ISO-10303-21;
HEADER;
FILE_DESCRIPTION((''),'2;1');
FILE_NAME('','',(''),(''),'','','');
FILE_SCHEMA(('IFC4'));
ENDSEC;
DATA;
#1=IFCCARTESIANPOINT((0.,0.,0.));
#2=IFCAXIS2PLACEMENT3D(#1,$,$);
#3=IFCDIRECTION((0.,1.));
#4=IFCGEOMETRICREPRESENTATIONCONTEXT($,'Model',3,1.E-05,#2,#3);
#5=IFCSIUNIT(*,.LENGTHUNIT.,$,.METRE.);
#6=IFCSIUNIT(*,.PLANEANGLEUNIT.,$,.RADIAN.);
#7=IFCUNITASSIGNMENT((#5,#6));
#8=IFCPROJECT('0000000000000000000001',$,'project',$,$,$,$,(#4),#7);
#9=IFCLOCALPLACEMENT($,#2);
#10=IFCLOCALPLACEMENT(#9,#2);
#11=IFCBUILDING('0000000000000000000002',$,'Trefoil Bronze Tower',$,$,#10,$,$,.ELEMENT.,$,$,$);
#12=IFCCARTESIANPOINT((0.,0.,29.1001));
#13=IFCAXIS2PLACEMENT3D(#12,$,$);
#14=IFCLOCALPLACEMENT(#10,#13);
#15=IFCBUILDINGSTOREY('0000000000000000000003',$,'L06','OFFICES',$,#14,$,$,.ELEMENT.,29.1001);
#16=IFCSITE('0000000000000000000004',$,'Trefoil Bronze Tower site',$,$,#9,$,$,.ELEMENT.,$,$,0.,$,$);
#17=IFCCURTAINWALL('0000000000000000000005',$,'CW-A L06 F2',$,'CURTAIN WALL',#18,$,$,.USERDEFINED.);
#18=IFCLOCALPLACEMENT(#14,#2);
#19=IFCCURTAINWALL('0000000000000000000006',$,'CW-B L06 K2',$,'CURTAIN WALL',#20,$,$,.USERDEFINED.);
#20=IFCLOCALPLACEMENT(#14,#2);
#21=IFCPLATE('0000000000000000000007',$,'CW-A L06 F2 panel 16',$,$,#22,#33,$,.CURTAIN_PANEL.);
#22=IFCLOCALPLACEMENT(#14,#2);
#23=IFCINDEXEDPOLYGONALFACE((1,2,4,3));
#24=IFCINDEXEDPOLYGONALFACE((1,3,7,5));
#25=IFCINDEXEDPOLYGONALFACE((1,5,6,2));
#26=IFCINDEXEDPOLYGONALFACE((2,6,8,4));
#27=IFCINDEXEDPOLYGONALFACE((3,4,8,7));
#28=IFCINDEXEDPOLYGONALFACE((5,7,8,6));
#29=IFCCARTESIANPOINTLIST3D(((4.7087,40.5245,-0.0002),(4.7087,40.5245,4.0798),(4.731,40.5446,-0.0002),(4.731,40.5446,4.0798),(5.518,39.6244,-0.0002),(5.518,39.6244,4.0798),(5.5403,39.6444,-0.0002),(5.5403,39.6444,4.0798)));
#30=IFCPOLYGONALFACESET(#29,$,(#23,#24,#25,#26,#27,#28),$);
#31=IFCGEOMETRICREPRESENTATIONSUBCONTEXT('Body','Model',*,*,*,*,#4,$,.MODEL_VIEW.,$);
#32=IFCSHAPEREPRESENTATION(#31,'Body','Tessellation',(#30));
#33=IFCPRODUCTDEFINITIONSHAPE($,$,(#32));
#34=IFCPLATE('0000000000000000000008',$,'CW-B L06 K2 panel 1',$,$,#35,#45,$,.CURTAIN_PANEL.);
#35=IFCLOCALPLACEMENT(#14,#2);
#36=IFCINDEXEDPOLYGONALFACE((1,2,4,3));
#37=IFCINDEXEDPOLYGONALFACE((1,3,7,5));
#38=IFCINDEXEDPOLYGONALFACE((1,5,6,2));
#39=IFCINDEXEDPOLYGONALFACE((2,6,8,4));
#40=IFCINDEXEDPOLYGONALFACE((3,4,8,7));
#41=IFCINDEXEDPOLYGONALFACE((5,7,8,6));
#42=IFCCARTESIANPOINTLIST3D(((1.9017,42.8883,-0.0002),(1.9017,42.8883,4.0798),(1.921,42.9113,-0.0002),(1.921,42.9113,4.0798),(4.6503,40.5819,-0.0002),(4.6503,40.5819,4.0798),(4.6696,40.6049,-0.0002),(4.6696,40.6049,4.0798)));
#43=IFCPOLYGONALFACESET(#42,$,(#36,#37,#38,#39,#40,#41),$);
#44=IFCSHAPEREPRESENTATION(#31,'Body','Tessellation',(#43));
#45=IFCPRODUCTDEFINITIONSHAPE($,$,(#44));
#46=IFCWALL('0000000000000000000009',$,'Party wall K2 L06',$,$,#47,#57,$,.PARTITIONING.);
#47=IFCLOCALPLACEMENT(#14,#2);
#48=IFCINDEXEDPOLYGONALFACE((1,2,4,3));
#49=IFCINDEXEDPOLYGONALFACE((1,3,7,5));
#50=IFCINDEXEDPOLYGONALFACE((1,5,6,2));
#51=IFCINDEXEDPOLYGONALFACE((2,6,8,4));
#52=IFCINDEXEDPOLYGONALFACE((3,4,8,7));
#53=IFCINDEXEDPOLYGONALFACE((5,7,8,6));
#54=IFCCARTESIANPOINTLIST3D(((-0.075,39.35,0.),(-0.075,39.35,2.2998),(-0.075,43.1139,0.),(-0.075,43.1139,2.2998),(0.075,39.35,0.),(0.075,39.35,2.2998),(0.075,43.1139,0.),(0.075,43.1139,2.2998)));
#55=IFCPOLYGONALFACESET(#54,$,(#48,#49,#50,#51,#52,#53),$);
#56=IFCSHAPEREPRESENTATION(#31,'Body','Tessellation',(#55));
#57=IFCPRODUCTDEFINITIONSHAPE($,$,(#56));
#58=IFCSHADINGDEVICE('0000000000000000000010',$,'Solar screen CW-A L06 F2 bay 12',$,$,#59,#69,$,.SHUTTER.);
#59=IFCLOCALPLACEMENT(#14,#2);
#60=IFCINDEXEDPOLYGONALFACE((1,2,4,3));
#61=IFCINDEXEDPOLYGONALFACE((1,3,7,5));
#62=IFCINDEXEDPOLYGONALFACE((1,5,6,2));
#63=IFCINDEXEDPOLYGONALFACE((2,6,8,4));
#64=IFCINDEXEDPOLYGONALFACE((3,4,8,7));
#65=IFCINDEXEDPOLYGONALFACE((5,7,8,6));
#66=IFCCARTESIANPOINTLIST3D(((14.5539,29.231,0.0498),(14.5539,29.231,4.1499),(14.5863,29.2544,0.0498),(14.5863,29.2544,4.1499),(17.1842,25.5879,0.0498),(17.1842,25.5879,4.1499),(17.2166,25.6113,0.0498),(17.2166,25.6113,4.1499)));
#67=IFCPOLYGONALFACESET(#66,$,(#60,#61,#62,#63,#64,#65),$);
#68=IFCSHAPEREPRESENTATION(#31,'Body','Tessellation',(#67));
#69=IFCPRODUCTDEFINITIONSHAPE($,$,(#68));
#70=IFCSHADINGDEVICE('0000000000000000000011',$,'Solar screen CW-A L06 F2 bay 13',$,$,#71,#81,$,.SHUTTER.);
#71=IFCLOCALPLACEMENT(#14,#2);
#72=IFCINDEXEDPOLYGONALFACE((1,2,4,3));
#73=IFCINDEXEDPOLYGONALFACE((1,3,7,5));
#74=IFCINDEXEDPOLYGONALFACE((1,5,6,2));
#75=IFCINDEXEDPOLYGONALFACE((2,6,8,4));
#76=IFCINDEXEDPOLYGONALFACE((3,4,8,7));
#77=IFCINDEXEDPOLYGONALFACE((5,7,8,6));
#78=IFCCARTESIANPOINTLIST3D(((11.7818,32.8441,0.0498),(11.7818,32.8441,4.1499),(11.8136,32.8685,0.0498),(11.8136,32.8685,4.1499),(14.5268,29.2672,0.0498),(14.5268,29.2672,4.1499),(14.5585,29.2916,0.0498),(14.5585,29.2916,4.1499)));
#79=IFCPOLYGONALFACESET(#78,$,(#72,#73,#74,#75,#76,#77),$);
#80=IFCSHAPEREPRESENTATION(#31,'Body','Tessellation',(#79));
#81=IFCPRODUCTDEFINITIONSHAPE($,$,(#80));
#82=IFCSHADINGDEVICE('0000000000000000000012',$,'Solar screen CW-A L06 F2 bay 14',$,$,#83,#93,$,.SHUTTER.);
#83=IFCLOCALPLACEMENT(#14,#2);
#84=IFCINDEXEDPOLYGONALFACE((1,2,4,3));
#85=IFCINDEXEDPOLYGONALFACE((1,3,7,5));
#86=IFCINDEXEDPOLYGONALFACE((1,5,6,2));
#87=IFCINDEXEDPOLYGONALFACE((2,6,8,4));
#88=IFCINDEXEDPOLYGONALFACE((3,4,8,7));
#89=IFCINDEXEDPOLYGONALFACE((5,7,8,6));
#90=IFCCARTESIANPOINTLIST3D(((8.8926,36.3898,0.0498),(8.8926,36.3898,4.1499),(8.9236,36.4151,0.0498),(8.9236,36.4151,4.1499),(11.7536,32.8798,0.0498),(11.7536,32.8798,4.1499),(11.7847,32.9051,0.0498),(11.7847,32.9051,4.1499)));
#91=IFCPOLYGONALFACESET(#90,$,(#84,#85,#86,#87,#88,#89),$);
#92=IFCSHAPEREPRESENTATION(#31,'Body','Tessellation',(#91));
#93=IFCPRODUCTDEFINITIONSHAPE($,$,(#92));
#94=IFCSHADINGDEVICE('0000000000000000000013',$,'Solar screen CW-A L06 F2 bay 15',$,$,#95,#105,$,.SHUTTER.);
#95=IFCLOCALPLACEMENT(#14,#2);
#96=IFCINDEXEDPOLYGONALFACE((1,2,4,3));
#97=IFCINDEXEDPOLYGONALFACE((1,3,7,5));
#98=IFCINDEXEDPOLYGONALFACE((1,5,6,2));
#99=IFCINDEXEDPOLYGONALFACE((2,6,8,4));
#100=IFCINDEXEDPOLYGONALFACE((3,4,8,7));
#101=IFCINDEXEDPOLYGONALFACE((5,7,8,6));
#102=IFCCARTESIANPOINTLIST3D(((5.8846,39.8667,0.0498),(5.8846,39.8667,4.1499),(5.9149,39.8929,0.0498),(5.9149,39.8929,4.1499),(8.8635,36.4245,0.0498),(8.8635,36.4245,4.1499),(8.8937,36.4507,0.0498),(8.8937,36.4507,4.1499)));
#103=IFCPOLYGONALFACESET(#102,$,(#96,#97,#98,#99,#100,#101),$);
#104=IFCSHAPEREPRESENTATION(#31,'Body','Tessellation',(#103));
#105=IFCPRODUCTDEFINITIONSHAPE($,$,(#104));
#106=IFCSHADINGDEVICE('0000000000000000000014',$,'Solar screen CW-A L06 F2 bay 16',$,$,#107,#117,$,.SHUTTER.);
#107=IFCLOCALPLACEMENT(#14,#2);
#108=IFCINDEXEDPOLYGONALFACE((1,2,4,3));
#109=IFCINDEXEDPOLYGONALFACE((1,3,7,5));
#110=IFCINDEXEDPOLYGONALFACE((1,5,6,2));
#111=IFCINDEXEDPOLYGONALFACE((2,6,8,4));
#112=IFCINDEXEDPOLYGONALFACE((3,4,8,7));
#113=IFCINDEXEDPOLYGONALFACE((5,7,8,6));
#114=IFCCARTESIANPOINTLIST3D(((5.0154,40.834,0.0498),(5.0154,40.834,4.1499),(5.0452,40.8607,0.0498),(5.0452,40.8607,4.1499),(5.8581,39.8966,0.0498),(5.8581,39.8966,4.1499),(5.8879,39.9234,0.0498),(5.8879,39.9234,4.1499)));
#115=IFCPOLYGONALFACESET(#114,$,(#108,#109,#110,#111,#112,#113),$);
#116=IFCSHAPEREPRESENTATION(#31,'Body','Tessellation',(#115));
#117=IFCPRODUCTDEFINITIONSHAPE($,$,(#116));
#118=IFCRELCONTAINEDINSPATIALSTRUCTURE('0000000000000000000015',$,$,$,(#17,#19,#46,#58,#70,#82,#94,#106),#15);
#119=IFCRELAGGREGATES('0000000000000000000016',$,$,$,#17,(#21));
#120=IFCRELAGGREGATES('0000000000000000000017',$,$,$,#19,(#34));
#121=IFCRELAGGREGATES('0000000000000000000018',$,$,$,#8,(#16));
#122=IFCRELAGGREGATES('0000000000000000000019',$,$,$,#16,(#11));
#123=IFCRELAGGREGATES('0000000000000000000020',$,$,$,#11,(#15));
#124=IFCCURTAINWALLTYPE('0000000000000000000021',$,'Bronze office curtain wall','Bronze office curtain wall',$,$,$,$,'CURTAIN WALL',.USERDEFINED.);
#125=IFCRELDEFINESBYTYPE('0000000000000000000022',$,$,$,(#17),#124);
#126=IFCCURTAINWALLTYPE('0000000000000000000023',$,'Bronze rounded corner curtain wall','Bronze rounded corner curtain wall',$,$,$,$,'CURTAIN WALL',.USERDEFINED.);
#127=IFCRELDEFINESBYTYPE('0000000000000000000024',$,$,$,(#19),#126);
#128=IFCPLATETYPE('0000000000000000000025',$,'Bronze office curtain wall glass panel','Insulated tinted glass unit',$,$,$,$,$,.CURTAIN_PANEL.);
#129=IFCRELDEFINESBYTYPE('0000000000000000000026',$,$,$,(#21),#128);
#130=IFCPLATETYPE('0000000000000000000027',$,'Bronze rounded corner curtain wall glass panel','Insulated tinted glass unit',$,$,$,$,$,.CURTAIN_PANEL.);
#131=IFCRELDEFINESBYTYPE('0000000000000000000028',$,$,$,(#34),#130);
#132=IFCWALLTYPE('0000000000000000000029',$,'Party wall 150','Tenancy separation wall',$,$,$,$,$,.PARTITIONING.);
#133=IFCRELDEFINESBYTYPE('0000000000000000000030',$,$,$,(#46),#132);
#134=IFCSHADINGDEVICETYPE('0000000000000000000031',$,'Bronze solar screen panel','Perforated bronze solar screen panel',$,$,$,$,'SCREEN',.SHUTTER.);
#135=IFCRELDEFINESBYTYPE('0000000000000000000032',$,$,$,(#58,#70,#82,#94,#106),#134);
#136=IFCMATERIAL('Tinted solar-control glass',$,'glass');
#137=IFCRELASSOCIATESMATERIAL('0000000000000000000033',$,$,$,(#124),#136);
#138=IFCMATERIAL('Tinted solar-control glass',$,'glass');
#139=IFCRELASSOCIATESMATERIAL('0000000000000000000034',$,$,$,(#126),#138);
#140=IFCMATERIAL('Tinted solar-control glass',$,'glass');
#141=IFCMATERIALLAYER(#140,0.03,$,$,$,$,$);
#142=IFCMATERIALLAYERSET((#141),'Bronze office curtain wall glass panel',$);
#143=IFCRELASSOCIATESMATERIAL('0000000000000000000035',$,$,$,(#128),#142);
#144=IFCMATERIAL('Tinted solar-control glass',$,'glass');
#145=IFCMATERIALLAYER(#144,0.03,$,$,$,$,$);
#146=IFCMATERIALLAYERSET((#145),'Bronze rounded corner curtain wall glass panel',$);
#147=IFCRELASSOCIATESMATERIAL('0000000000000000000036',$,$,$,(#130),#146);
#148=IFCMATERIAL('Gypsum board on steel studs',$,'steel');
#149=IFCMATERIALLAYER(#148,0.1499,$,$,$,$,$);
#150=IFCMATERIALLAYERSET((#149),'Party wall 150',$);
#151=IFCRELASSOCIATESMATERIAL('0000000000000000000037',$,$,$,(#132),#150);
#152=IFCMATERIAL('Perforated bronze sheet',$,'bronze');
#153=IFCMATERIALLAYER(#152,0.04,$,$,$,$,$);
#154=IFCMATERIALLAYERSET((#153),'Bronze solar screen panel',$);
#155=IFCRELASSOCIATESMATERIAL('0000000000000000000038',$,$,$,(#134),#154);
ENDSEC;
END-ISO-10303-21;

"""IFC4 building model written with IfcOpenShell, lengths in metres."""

from ifc_helpers import new_model, si_unit, direction, frame, frame_2d, origin, origin_2d, place, context, subcontext, project, spatial, rectangle, extrude, material, layer, layer_set, type_object, element, aggregate, save


model = new_model("IFC4")

# Units and contexts
model_context = context("Model", 3, precision=1e-05, world=origin(), true_north=direction((0.0, 1.0)))
body_context = subcontext(model_context, "Body", "Model", "MODEL_VIEW")
ifc_project = project(units=[si_unit("LENGTHUNIT", "METRE"), si_unit("PLANEANGLEUNIT", "RADIAN")], contexts=[model_context])

# Site, building, storey
site_placement = place(None, origin())
site = spatial("IfcSite", under=ifc_project, at=site_placement, Name="Trefoil Bronze Tower site", CompositionType="ELEMENT", RefElevation=0.0)
building_placement = place(site_placement, origin())
building = spatial("IfcBuilding", under=site, at=building_placement, Name="Trefoil Bronze Tower", CompositionType="ELEMENT")
storey_placement = place(building_placement, frame((0.0, 0.0, 29.1001)))
storey = spatial("IfcBuildingStorey", under=building, at=storey_placement, Name="L06", Description="OFFICES", CompositionType="ELEMENT", Elevation=29.1001)

# Curtain walls
ifc_material_1 = material(Name="Tinted solar-control glass", Category="glass")
curtain_wall_type_1 = type_object("IfcCurtainWallType", Name="Bronze office curtain wall", Description="Bronze office curtain wall", ElementType="CURTAIN WALL", PredefinedType="USERDEFINED", material=ifc_material_1)
curtain_wall_1_placement = place(storey_placement, origin())
curtain_wall_1 = element("IfcCurtainWall", 1, at=curtain_wall_1_placement, inside=storey, type_object=curtain_wall_type_1, Name="CW-A L06 F2", ObjectType="CURTAIN WALL", PredefinedType="USERDEFINED")
ifc_material_2 = material(Name="Tinted solar-control glass", Category="glass")
curtain_wall_type_2 = type_object("IfcCurtainWallType", Name="Bronze rounded corner curtain wall", Description="Bronze rounded corner curtain wall", ElementType="CURTAIN WALL", PredefinedType="USERDEFINED", material=ifc_material_2)
curtain_wall_2_placement = place(storey_placement, origin())
curtain_wall_2 = element("IfcCurtainWall", 2, at=curtain_wall_2_placement, inside=storey, type_object=curtain_wall_type_2, Name="CW-B L06 K2", ObjectType="CURTAIN WALL", PredefinedType="USERDEFINED")

# Plates
ifc_material_3 = material(Name="Tinted solar-control glass", Category="glass")
ifc_layer_1 = layer(ifc_material_3, 0.03)
ifc_layer_set_1 = layer_set([ifc_layer_1], Name="Bronze office curtain wall glass panel")
plate_type_1 = type_object("IfcPlateType", Name="Bronze office curtain wall glass panel", Description="Insulated tinted glass unit", PredefinedType="CURTAIN_PANEL", material=ifc_layer_set_1)
plate_1_placement = place(storey_placement, frame((5.1245, 40.0845, -0.0002), z_axis=(0.0, 0.0, 1.0), x_axis=(-0.668575, 0.743645, 0.0)))
plate_1 = element("IfcPlate", 3, at=plate_1_placement, type_object=plate_type_1, Name="CW-A L06 F2 panel 16", PredefinedType="CURTAIN_PANEL", context=body_context, shape_type="SweptSolid", body=[
    extrude(rectangle(XDim=1.2104, YDim=0.03, at=origin_2d()), origin(), (0.0, 0.0, 1.0), 4.0801),
])
aggregate(curtain_wall_1, [plate_1])
ifc_material_4 = material(Name="Tinted solar-control glass", Category="glass")
ifc_layer_2 = layer(ifc_material_4, 0.03)
ifc_layer_set_2 = layer_set([ifc_layer_2], Name="Bronze rounded corner curtain wall glass panel")
plate_type_2 = type_object("IfcPlateType", Name="Bronze rounded corner curtain wall glass panel", Description="Insulated tinted glass unit", PredefinedType="CURTAIN_PANEL", material=ifc_layer_set_2)
plate_2_placement = place(storey_placement, frame((3.2856, 41.7466, -0.0002), z_axis=(0.0, 0.0, 1.0), x_axis=(-0.766044, 0.642788, 0.0)))
plate_2 = element("IfcPlate", 4, at=plate_2_placement, type_object=plate_type_2, Name="CW-B L06 K2 panel 1", PredefinedType="CURTAIN_PANEL", context=body_context, shape_type="SweptSolid", body=[
    extrude(rectangle(XDim=3.5881, YDim=0.03, at=origin_2d()), origin(), (0.0, 0.0, 1.0), 4.0801),
])
aggregate(curtain_wall_2, [plate_2])

# Wall
ifc_material_5 = material(Name="Gypsum board on steel studs", Category="steel")
ifc_layer_3 = layer(ifc_material_5, 0.1499)
ifc_layer_set_3 = layer_set([ifc_layer_3], Name="Party wall 150")
wall_type = type_object("IfcWallType", Name="Party wall 150", Description="Tenancy separation wall", PredefinedType="PARTITIONING", material=ifc_layer_set_3)
wall_placement = place(storey_placement, frame((0.0, 39.3501, 0.0), z_axis=(0.0, 0.0, 1.0), x_axis=(0.0, 1.0, 0.0)))
element("IfcWall", 5, at=wall_placement, inside=storey, type_object=wall_type, Name="Party wall K2 L06", PredefinedType="PARTITIONING", context=body_context, shape_type="SweptSolid", body=[
    extrude(rectangle(XDim=3.7639, YDim=0.1499, at=frame_2d((1.8818, 0.0))), origin(), (0.0, 0.0, 1.0), 2.2998),
])

# Shading devices
ifc_material_6 = material(Name="Perforated bronze sheet", Category="bronze")
ifc_layer_4 = layer(ifc_material_6, 0.04)
ifc_layer_set_4 = layer_set([ifc_layer_4], Name="Bronze solar screen panel")
shading_device_type = type_object("IfcShadingDeviceType", Name="Bronze solar screen panel", Description="Perforated bronze solar screen panel", ElementType="SCREEN", PredefinedType="SHUTTER", material=ifc_layer_set_4)
shading_device_1_placement = place(storey_placement, frame((15.8853, 27.4211, 0.0498), z_axis=(0.0, 0.0, 1.0), x_axis=(-0.585373, 0.810764, 0.0)))
element("IfcShadingDevice", 6, at=shading_device_1_placement, inside=storey, type_object=shading_device_type, Name="Solar screen CW-A L06 F2 bay 12", PredefinedType="SHUTTER", context=body_context, shape_type="SweptSolid", body=[
    extrude(rectangle(XDim=4.4934, YDim=0.04, at=origin_2d()), origin(), (0.0, 0.0, 1.0), 4.1001),
])
shading_device_2_placement = place(storey_placement, frame((13.1702, 31.0679, 0.0498), z_axis=(0.0, 0.0, 1.0), x_axis=(-0.608808, 0.793318, 0.0)))
element("IfcShadingDevice", 7, at=shading_device_2_placement, inside=storey, type_object=shading_device_type, Name="Solar screen CW-A L06 F2 bay 13", PredefinedType="SHUTTER", context=body_context, shape_type="SweptSolid", body=[
    extrude(rectangle(XDim=4.5088, YDim=0.04, at=origin_2d()), origin(), (0.0, 0.0, 1.0), 4.1001),
])
shading_device_3_placement = place(storey_placement, frame((10.3386, 34.6475, 0.0498), z_axis=(0.0, 0.0, 1.0), x_axis=(-0.631811, 0.775123, 0.0)))
element("IfcShadingDevice", 8, at=shading_device_3_placement, inside=storey, type_object=shading_device_type, Name="Solar screen CW-A L06 F2 bay 14", PredefinedType="SHUTTER", context=body_context, shape_type="SweptSolid", body=[
    extrude(rectangle(XDim=4.5283, YDim=0.04, at=origin_2d()), origin(), (0.0, 0.0, 1.0), 4.1001),
])
shading_device_4_placement = place(storey_placement, frame((7.3892, 38.1587, 0.0498), z_axis=(0.0, 0.0, 1.0), x_axis=(-0.654376, 0.756169, 0.0)))
element("IfcShadingDevice", 9, at=shading_device_4_placement, inside=storey, type_object=shading_device_type, Name="Solar screen CW-A L06 F2 bay 15", PredefinedType="SHUTTER", context=body_context, shape_type="SweptSolid", body=[
    extrude(rectangle(XDim=4.5522, YDim=0.04, at=origin_2d()), origin(), (0.0, 0.0, 1.0), 4.1001),
])
shading_device_5_placement = place(storey_placement, frame((5.4517, 40.3787, 0.0498), z_axis=(0.0, 0.0, 1.0), x_axis=(-0.668575, 0.743645, 0.0)))
element("IfcShadingDevice", 10, at=shading_device_5_placement, inside=storey, type_object=shading_device_type, Name="Solar screen CW-A L06 F2 bay 16", PredefinedType="SHUTTER", context=body_context, shape_type="SweptSolid", body=[
    extrude(rectangle(XDim=1.2605, YDim=0.04, at=origin_2d()), origin(), (0.0, 0.0, 1.0), 4.1001),
])

save(model, "model.ifc")
